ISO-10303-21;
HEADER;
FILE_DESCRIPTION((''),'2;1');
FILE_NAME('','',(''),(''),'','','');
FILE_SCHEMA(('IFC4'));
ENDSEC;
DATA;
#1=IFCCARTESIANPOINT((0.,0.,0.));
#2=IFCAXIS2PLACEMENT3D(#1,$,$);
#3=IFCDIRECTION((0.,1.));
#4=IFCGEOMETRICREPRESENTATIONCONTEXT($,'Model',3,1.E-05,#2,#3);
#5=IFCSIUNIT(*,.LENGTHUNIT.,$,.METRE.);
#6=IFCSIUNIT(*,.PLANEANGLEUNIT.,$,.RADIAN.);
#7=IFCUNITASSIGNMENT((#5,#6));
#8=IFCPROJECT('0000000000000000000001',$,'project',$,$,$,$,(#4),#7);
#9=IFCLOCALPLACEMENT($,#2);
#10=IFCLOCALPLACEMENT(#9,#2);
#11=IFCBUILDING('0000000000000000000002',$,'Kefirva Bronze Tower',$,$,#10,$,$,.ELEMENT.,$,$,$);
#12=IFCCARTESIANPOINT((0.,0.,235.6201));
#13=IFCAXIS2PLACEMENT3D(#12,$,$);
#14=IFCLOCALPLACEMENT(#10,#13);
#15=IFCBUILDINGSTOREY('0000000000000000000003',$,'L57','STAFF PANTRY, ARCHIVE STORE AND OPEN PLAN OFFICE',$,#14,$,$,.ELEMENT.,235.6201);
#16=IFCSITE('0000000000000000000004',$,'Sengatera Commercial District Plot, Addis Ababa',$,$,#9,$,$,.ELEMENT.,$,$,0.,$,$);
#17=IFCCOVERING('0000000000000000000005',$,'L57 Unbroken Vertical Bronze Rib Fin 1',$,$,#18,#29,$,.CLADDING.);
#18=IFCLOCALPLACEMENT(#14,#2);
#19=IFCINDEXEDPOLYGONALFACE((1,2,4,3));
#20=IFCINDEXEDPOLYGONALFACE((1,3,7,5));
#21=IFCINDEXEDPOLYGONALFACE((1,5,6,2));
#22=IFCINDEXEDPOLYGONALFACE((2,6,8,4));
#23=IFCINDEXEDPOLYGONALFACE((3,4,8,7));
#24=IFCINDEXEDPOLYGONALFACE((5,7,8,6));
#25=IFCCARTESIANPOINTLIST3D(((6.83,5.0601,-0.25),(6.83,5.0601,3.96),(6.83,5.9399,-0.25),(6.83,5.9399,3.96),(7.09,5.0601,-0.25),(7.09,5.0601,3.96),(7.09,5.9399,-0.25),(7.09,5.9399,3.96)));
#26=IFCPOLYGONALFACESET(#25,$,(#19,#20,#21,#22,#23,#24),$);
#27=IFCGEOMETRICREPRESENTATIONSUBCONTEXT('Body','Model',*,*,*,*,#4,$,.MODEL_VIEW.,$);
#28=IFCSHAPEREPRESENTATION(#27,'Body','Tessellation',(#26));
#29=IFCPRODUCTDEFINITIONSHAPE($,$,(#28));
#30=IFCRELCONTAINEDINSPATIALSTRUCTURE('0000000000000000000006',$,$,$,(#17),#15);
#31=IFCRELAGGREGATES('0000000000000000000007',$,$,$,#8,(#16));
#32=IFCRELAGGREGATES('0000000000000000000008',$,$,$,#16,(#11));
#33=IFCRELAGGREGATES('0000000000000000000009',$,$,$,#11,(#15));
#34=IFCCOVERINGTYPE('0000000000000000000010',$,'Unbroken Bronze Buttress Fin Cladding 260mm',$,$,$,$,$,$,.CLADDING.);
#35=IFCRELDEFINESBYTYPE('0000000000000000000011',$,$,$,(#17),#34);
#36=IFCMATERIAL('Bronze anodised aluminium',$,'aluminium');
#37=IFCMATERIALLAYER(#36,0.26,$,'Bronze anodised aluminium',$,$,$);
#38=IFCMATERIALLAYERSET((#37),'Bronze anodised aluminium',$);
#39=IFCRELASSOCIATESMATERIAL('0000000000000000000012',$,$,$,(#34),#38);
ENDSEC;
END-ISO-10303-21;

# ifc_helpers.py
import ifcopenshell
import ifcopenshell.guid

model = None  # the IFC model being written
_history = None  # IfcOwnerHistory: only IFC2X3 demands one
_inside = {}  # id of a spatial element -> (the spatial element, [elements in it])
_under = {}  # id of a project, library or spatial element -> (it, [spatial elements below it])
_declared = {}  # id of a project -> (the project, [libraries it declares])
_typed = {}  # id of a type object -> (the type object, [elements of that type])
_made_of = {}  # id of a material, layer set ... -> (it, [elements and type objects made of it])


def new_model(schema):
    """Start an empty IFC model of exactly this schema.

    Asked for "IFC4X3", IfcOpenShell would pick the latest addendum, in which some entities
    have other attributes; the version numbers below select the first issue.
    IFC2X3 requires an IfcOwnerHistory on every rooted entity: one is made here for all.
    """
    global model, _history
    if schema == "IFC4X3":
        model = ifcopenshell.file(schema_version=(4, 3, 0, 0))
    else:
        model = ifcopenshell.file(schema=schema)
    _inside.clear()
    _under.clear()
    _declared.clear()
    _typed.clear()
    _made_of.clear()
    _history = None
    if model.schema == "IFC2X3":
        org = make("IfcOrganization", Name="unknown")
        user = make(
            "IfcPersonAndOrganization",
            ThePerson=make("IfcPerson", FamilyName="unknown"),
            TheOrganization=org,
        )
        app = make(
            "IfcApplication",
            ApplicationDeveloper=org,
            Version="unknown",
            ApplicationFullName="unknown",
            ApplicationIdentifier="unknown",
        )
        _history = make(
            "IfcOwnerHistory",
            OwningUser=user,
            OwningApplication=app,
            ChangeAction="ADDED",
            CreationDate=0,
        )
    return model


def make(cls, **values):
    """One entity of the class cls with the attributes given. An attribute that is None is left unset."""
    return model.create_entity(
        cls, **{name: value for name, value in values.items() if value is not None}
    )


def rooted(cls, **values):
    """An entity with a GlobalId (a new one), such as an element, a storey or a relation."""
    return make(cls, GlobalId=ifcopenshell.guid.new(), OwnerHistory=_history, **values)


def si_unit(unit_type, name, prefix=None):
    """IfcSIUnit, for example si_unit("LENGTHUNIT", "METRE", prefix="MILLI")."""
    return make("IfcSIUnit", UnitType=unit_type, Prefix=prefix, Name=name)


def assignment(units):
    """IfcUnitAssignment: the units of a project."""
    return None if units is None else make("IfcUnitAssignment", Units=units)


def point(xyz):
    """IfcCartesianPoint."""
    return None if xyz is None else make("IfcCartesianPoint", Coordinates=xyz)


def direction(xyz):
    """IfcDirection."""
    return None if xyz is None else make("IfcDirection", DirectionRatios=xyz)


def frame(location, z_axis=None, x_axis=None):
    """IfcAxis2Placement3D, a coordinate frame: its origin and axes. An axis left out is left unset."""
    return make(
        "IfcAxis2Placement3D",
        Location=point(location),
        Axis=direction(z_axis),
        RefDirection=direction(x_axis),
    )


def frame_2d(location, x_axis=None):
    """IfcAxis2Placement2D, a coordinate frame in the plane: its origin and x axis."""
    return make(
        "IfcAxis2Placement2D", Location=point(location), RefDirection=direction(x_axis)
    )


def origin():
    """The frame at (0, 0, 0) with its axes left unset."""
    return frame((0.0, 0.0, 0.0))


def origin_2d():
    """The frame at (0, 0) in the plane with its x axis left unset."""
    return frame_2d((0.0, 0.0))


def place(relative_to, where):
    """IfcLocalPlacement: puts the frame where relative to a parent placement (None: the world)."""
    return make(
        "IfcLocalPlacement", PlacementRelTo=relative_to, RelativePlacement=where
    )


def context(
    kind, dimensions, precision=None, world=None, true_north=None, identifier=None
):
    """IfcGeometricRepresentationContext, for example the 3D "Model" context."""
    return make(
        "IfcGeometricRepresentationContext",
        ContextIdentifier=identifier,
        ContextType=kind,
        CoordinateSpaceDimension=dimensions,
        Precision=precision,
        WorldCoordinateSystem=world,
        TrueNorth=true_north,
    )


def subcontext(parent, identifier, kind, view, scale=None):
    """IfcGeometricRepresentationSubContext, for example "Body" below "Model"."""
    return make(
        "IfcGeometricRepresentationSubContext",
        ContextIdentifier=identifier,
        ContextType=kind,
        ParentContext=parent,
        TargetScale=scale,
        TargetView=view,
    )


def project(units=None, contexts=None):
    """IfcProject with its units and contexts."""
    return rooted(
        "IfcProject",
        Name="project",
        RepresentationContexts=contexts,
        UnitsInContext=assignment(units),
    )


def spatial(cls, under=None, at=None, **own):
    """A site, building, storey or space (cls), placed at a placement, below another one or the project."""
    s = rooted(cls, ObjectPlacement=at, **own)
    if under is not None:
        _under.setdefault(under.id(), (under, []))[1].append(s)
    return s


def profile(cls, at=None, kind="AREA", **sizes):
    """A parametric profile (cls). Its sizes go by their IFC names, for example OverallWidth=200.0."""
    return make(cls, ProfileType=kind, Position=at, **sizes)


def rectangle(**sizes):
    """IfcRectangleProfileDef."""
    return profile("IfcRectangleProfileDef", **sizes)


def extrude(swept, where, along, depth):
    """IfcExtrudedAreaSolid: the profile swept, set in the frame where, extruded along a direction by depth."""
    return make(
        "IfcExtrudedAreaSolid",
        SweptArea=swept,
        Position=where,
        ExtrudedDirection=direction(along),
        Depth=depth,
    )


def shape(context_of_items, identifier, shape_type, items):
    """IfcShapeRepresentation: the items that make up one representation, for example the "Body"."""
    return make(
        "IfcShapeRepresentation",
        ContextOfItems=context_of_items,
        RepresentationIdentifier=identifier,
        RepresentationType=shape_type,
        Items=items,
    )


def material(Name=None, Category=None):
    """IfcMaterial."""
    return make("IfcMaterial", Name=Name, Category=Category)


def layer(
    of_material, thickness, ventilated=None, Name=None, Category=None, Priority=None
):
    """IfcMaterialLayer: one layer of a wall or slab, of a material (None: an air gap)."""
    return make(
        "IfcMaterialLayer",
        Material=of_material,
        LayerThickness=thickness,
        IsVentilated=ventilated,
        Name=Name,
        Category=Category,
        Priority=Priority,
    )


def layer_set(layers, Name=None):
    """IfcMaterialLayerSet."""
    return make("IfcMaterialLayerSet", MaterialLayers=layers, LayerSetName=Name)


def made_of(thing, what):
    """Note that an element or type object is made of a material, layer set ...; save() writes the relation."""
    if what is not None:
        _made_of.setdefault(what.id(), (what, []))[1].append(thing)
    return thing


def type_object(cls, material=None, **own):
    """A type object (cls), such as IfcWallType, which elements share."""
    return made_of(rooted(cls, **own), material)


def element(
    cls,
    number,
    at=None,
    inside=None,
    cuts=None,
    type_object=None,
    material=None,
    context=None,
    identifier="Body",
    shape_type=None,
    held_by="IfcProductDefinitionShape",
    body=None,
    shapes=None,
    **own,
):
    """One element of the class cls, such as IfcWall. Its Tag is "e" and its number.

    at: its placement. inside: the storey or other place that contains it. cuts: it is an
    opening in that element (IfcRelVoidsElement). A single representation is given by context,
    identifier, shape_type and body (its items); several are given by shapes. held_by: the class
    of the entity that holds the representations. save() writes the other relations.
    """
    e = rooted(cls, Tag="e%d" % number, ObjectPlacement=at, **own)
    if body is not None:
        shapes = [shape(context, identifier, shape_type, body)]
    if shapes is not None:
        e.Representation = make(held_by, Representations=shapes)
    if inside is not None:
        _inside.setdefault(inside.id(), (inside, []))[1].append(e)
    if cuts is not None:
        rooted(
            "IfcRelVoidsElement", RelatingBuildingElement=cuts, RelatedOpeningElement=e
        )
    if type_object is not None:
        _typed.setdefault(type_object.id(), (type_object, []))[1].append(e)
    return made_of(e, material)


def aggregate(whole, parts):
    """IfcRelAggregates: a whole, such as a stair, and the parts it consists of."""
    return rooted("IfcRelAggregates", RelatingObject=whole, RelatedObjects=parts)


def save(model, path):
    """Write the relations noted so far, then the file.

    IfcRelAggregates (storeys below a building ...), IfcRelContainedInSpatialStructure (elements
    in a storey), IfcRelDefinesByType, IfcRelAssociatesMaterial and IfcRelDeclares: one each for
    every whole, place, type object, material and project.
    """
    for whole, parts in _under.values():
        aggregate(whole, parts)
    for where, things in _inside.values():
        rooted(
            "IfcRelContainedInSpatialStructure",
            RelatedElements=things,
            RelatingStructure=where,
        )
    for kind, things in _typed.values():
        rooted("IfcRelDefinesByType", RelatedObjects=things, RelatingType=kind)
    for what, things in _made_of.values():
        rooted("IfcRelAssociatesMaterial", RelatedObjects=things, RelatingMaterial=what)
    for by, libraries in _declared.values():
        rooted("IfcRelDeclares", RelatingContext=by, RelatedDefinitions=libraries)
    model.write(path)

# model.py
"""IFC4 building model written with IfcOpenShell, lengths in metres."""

from ifc_helpers import new_model, si_unit, direction, frame, origin, origin_2d, place, context, subcontext, project, spatial, rectangle, extrude, material, layer, layer_set, type_object, element, save


model = new_model("IFC4")

# Units and contexts
model_context = context("Model", 3, precision=1e-05, world=origin(), true_north=direction((0.0, 1.0)))
body_context = subcontext(model_context, "Body", "Model", "MODEL_VIEW")
ifc_project = project(units=[si_unit("LENGTHUNIT", "METRE"), si_unit("PLANEANGLEUNIT", "RADIAN")], contexts=[model_context])

# Site, building, storey
site_placement = place(None, origin())
site = spatial("IfcSite", under=ifc_project, at=site_placement, Name="Sengatera Commercial District Plot, Addis Ababa", CompositionType="ELEMENT", RefElevation=0.0)
building_placement = place(site_placement, origin())
building = spatial("IfcBuilding", under=site, at=building_placement, Name="Kefirva Bronze Tower", CompositionType="ELEMENT")
storey_placement = place(building_placement, frame((0.0, 0.0, 235.6201)))
storey = spatial("IfcBuildingStorey", under=building, at=storey_placement, Name="L57", Description="STAFF PANTRY, ARCHIVE STORE AND OPEN PLAN OFFICE", CompositionType="ELEMENT", Elevation=235.6201)

# Shared definitions
ifc_material_1 = material(Name="Bronze anodised aluminium", Category="aluminium")

# Covering
ifc_layer_1 = layer(ifc_material_1, 0.26, Name="Bronze anodised aluminium")
ifc_layer_set_1 = layer_set([ifc_layer_1], Name="Bronze anodised aluminium")
covering_type_1 = type_object("IfcCoveringType", Name="Unbroken Bronze Buttress Fin Cladding 260mm", PredefinedType="CLADDING", material=ifc_layer_set_1)
covering_1_placement = place(storey_placement, frame((6.96, 5.5, -0.25), z_axis=(0.0, 0.0, 1.0), x_axis=(1.0, 0.0, 0.0)))
element("IfcCovering", 1, at=covering_1_placement, inside=storey, type_object=covering_type_1, Name="L57 Unbroken Vertical Bronze Rib Fin 1", PredefinedType="CLADDING", context=body_context, shape_type="SweptSolid", body=[
    extrude(rectangle(XDim=0.26, YDim=0.8799, at=origin_2d()), origin(), (0.0, 0.0, 1.0), 4.21),
])

save(model, "model.ifc")
